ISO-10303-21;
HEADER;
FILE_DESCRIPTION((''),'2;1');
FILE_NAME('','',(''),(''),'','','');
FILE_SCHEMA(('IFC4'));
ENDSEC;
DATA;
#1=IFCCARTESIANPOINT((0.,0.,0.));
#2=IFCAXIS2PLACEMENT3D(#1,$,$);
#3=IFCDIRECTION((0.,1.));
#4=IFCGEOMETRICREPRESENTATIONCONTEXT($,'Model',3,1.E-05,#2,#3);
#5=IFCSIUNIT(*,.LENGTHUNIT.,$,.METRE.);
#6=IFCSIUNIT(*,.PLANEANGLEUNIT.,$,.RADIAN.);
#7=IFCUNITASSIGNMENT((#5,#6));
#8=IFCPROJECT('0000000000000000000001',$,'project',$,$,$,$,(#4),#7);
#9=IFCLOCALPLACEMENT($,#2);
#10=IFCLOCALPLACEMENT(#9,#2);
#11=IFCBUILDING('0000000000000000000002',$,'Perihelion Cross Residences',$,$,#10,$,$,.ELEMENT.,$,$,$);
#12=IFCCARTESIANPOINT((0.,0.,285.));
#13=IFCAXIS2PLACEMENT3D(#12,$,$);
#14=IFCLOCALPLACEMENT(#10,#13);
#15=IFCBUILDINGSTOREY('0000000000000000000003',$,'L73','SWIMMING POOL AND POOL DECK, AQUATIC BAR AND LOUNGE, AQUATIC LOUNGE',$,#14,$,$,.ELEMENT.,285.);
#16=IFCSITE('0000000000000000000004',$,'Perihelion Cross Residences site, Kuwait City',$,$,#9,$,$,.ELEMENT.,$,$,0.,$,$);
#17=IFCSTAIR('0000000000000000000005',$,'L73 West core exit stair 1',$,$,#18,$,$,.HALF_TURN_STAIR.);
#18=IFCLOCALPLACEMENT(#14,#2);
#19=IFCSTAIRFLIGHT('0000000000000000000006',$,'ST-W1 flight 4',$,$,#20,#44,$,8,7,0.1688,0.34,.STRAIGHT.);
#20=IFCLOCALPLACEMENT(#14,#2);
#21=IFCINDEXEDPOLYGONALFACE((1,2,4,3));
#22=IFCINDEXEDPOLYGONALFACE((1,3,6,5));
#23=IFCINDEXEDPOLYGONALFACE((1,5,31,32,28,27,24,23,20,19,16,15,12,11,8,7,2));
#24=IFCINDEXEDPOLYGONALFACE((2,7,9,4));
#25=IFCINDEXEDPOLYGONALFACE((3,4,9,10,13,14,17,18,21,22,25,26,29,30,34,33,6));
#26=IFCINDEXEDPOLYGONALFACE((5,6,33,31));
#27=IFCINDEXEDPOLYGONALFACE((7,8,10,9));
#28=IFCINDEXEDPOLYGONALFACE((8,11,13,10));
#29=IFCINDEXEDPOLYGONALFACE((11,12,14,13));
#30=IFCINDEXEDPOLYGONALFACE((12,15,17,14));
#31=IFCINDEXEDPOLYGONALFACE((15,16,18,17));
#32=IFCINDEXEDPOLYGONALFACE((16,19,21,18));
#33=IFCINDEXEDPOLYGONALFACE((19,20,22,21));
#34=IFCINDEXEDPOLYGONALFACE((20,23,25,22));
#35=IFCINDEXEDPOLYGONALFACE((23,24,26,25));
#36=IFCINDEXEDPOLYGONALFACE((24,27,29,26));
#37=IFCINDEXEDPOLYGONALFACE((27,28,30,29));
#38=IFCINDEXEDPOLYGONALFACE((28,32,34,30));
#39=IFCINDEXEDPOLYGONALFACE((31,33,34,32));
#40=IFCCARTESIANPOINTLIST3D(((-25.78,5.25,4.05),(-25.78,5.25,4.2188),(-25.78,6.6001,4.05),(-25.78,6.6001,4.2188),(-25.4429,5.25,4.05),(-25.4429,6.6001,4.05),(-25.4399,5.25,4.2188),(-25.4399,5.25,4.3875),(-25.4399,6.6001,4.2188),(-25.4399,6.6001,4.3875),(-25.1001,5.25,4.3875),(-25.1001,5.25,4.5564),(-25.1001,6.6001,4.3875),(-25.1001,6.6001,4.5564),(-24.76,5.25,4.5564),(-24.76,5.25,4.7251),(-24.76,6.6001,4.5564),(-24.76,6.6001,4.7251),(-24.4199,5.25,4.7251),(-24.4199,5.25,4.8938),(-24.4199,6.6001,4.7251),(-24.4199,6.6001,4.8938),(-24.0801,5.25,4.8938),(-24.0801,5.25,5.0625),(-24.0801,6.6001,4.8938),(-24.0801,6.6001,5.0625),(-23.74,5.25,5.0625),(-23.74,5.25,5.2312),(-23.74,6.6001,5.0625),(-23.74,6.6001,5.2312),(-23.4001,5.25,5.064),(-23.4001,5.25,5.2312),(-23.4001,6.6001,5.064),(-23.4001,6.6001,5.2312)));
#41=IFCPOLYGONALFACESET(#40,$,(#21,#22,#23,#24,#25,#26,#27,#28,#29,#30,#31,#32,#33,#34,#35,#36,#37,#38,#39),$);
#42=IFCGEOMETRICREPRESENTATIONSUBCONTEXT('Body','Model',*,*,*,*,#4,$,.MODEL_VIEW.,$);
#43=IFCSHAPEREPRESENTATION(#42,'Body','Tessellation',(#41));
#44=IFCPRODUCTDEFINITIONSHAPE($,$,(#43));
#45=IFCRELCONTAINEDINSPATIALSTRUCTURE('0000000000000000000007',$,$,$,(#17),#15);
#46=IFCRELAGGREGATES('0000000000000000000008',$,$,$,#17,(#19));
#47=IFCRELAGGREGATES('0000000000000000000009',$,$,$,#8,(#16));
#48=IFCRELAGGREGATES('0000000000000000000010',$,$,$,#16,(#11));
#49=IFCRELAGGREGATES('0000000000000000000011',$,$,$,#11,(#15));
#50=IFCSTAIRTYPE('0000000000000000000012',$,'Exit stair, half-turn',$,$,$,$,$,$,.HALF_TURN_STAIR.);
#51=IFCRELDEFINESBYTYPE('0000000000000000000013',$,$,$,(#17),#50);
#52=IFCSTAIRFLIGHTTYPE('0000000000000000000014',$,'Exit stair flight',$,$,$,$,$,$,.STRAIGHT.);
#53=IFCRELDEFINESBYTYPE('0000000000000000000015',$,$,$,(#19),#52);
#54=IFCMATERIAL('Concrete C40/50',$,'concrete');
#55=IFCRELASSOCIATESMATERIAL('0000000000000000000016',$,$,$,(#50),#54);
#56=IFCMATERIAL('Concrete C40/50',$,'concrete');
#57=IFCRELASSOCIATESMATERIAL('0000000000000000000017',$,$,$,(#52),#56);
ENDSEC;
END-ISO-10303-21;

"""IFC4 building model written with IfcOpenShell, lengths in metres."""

from ifc_helpers import new_model, si_unit, direction, frame, origin, place, context, subcontext, project, spatial, polyline, outline, extrude, material, type_object, element, aggregate, save


model = new_model("IFC4")

# Units and contexts
model_context = context("Model", 3, precision=1e-05, world=origin(), true_north=direction((0.0, 1.0)))
body_context = subcontext(model_context, "Body", "Model", "MODEL_VIEW")
ifc_project = project(units=[si_unit("LENGTHUNIT", "METRE"), si_unit("PLANEANGLEUNIT", "RADIAN")], contexts=[model_context])

# Site, building, storey
site_placement = place(None, origin())
site = spatial("IfcSite", under=ifc_project, at=site_placement, Name="Perihelion Cross Residences site, Kuwait City", CompositionType="ELEMENT", RefElevation=0.0)
building_placement = place(site_placement, origin())
building = spatial("IfcBuilding", under=site, at=building_placement, Name="Perihelion Cross Residences", CompositionType="ELEMENT")
storey_placement = place(building_placement, frame((0.0, 0.0, 285.0)))
storey = spatial("IfcBuildingStorey", under=building, at=storey_placement, Name="L73", Description="SWIMMING POOL AND POOL DECK, AQUATIC BAR AND LOUNGE, AQUATIC LOUNGE", CompositionType="ELEMENT", Elevation=285.0)

# Stair, stair flight
ifc_material_1 = material(Name="Concrete C40/50", Category="concrete")
stair_type = type_object("IfcStairType", Name="Exit stair, half-turn", PredefinedType="HALF_TURN_STAIR", material=ifc_material_1)
stair_placement = place(storey_placement, origin())
stair = element("IfcStair", 1, at=stair_placement, inside=storey, type_object=stair_type, Name="L73 West core exit stair 1", PredefinedType="HALF_TURN_STAIR")
ifc_material_2 = material(Name="Concrete C40/50", Category="concrete")
stair_flight_type = type_object("IfcStairFlightType", Name="Exit stair flight", PredefinedType="STRAIGHT", material=ifc_material_2)
stair_flight_1_placement = place(storey_placement, frame((-25.78, 5.925, 4.05), z_axis=(0.0, 0.0, 1.0), x_axis=(1.0, 0.0, 0.0)))
stair_flight_1 = element("IfcStairFlight", 2, at=stair_flight_1_placement, type_object=stair_flight_type, Name="ST-W1 flight 4", NumberOfRisers=8, NumberOfTreads=7, PredefinedType="STRAIGHT", RiserHeight=0.1688, TreadLength=0.34, context=body_context, shape_type="SweptSolid", body=[
    extrude(outline(polyline([(0.0, 0.0), (0.0, 0.1687), (0.3401, 0.1687), (0.3401, 0.3374), (0.6799, 0.3374), (0.6799, 0.5063), (1.02, 0.5063), (1.02, 0.675), (1.3601, 0.675), (1.3601, 0.8438), (1.7, 0.8438), (1.7, 1.0125), (2.04, 1.0125), (2.04, 1.1812), (2.3799, 1.1812), (2.3799, 1.3501), (2.3799, 1.0139), (0.3372, 0.0), (0.0, 0.0)])), frame((0.0, 0.675, 0.0), z_axis=(0.0, -1.0, 0.0), x_axis=(1.0, 0.0, 0.0)), (0.0, 0.0, 1.0), 1.3501),
])
aggregate(stair, [stair_flight_1])

save(model, "model.ifc")
